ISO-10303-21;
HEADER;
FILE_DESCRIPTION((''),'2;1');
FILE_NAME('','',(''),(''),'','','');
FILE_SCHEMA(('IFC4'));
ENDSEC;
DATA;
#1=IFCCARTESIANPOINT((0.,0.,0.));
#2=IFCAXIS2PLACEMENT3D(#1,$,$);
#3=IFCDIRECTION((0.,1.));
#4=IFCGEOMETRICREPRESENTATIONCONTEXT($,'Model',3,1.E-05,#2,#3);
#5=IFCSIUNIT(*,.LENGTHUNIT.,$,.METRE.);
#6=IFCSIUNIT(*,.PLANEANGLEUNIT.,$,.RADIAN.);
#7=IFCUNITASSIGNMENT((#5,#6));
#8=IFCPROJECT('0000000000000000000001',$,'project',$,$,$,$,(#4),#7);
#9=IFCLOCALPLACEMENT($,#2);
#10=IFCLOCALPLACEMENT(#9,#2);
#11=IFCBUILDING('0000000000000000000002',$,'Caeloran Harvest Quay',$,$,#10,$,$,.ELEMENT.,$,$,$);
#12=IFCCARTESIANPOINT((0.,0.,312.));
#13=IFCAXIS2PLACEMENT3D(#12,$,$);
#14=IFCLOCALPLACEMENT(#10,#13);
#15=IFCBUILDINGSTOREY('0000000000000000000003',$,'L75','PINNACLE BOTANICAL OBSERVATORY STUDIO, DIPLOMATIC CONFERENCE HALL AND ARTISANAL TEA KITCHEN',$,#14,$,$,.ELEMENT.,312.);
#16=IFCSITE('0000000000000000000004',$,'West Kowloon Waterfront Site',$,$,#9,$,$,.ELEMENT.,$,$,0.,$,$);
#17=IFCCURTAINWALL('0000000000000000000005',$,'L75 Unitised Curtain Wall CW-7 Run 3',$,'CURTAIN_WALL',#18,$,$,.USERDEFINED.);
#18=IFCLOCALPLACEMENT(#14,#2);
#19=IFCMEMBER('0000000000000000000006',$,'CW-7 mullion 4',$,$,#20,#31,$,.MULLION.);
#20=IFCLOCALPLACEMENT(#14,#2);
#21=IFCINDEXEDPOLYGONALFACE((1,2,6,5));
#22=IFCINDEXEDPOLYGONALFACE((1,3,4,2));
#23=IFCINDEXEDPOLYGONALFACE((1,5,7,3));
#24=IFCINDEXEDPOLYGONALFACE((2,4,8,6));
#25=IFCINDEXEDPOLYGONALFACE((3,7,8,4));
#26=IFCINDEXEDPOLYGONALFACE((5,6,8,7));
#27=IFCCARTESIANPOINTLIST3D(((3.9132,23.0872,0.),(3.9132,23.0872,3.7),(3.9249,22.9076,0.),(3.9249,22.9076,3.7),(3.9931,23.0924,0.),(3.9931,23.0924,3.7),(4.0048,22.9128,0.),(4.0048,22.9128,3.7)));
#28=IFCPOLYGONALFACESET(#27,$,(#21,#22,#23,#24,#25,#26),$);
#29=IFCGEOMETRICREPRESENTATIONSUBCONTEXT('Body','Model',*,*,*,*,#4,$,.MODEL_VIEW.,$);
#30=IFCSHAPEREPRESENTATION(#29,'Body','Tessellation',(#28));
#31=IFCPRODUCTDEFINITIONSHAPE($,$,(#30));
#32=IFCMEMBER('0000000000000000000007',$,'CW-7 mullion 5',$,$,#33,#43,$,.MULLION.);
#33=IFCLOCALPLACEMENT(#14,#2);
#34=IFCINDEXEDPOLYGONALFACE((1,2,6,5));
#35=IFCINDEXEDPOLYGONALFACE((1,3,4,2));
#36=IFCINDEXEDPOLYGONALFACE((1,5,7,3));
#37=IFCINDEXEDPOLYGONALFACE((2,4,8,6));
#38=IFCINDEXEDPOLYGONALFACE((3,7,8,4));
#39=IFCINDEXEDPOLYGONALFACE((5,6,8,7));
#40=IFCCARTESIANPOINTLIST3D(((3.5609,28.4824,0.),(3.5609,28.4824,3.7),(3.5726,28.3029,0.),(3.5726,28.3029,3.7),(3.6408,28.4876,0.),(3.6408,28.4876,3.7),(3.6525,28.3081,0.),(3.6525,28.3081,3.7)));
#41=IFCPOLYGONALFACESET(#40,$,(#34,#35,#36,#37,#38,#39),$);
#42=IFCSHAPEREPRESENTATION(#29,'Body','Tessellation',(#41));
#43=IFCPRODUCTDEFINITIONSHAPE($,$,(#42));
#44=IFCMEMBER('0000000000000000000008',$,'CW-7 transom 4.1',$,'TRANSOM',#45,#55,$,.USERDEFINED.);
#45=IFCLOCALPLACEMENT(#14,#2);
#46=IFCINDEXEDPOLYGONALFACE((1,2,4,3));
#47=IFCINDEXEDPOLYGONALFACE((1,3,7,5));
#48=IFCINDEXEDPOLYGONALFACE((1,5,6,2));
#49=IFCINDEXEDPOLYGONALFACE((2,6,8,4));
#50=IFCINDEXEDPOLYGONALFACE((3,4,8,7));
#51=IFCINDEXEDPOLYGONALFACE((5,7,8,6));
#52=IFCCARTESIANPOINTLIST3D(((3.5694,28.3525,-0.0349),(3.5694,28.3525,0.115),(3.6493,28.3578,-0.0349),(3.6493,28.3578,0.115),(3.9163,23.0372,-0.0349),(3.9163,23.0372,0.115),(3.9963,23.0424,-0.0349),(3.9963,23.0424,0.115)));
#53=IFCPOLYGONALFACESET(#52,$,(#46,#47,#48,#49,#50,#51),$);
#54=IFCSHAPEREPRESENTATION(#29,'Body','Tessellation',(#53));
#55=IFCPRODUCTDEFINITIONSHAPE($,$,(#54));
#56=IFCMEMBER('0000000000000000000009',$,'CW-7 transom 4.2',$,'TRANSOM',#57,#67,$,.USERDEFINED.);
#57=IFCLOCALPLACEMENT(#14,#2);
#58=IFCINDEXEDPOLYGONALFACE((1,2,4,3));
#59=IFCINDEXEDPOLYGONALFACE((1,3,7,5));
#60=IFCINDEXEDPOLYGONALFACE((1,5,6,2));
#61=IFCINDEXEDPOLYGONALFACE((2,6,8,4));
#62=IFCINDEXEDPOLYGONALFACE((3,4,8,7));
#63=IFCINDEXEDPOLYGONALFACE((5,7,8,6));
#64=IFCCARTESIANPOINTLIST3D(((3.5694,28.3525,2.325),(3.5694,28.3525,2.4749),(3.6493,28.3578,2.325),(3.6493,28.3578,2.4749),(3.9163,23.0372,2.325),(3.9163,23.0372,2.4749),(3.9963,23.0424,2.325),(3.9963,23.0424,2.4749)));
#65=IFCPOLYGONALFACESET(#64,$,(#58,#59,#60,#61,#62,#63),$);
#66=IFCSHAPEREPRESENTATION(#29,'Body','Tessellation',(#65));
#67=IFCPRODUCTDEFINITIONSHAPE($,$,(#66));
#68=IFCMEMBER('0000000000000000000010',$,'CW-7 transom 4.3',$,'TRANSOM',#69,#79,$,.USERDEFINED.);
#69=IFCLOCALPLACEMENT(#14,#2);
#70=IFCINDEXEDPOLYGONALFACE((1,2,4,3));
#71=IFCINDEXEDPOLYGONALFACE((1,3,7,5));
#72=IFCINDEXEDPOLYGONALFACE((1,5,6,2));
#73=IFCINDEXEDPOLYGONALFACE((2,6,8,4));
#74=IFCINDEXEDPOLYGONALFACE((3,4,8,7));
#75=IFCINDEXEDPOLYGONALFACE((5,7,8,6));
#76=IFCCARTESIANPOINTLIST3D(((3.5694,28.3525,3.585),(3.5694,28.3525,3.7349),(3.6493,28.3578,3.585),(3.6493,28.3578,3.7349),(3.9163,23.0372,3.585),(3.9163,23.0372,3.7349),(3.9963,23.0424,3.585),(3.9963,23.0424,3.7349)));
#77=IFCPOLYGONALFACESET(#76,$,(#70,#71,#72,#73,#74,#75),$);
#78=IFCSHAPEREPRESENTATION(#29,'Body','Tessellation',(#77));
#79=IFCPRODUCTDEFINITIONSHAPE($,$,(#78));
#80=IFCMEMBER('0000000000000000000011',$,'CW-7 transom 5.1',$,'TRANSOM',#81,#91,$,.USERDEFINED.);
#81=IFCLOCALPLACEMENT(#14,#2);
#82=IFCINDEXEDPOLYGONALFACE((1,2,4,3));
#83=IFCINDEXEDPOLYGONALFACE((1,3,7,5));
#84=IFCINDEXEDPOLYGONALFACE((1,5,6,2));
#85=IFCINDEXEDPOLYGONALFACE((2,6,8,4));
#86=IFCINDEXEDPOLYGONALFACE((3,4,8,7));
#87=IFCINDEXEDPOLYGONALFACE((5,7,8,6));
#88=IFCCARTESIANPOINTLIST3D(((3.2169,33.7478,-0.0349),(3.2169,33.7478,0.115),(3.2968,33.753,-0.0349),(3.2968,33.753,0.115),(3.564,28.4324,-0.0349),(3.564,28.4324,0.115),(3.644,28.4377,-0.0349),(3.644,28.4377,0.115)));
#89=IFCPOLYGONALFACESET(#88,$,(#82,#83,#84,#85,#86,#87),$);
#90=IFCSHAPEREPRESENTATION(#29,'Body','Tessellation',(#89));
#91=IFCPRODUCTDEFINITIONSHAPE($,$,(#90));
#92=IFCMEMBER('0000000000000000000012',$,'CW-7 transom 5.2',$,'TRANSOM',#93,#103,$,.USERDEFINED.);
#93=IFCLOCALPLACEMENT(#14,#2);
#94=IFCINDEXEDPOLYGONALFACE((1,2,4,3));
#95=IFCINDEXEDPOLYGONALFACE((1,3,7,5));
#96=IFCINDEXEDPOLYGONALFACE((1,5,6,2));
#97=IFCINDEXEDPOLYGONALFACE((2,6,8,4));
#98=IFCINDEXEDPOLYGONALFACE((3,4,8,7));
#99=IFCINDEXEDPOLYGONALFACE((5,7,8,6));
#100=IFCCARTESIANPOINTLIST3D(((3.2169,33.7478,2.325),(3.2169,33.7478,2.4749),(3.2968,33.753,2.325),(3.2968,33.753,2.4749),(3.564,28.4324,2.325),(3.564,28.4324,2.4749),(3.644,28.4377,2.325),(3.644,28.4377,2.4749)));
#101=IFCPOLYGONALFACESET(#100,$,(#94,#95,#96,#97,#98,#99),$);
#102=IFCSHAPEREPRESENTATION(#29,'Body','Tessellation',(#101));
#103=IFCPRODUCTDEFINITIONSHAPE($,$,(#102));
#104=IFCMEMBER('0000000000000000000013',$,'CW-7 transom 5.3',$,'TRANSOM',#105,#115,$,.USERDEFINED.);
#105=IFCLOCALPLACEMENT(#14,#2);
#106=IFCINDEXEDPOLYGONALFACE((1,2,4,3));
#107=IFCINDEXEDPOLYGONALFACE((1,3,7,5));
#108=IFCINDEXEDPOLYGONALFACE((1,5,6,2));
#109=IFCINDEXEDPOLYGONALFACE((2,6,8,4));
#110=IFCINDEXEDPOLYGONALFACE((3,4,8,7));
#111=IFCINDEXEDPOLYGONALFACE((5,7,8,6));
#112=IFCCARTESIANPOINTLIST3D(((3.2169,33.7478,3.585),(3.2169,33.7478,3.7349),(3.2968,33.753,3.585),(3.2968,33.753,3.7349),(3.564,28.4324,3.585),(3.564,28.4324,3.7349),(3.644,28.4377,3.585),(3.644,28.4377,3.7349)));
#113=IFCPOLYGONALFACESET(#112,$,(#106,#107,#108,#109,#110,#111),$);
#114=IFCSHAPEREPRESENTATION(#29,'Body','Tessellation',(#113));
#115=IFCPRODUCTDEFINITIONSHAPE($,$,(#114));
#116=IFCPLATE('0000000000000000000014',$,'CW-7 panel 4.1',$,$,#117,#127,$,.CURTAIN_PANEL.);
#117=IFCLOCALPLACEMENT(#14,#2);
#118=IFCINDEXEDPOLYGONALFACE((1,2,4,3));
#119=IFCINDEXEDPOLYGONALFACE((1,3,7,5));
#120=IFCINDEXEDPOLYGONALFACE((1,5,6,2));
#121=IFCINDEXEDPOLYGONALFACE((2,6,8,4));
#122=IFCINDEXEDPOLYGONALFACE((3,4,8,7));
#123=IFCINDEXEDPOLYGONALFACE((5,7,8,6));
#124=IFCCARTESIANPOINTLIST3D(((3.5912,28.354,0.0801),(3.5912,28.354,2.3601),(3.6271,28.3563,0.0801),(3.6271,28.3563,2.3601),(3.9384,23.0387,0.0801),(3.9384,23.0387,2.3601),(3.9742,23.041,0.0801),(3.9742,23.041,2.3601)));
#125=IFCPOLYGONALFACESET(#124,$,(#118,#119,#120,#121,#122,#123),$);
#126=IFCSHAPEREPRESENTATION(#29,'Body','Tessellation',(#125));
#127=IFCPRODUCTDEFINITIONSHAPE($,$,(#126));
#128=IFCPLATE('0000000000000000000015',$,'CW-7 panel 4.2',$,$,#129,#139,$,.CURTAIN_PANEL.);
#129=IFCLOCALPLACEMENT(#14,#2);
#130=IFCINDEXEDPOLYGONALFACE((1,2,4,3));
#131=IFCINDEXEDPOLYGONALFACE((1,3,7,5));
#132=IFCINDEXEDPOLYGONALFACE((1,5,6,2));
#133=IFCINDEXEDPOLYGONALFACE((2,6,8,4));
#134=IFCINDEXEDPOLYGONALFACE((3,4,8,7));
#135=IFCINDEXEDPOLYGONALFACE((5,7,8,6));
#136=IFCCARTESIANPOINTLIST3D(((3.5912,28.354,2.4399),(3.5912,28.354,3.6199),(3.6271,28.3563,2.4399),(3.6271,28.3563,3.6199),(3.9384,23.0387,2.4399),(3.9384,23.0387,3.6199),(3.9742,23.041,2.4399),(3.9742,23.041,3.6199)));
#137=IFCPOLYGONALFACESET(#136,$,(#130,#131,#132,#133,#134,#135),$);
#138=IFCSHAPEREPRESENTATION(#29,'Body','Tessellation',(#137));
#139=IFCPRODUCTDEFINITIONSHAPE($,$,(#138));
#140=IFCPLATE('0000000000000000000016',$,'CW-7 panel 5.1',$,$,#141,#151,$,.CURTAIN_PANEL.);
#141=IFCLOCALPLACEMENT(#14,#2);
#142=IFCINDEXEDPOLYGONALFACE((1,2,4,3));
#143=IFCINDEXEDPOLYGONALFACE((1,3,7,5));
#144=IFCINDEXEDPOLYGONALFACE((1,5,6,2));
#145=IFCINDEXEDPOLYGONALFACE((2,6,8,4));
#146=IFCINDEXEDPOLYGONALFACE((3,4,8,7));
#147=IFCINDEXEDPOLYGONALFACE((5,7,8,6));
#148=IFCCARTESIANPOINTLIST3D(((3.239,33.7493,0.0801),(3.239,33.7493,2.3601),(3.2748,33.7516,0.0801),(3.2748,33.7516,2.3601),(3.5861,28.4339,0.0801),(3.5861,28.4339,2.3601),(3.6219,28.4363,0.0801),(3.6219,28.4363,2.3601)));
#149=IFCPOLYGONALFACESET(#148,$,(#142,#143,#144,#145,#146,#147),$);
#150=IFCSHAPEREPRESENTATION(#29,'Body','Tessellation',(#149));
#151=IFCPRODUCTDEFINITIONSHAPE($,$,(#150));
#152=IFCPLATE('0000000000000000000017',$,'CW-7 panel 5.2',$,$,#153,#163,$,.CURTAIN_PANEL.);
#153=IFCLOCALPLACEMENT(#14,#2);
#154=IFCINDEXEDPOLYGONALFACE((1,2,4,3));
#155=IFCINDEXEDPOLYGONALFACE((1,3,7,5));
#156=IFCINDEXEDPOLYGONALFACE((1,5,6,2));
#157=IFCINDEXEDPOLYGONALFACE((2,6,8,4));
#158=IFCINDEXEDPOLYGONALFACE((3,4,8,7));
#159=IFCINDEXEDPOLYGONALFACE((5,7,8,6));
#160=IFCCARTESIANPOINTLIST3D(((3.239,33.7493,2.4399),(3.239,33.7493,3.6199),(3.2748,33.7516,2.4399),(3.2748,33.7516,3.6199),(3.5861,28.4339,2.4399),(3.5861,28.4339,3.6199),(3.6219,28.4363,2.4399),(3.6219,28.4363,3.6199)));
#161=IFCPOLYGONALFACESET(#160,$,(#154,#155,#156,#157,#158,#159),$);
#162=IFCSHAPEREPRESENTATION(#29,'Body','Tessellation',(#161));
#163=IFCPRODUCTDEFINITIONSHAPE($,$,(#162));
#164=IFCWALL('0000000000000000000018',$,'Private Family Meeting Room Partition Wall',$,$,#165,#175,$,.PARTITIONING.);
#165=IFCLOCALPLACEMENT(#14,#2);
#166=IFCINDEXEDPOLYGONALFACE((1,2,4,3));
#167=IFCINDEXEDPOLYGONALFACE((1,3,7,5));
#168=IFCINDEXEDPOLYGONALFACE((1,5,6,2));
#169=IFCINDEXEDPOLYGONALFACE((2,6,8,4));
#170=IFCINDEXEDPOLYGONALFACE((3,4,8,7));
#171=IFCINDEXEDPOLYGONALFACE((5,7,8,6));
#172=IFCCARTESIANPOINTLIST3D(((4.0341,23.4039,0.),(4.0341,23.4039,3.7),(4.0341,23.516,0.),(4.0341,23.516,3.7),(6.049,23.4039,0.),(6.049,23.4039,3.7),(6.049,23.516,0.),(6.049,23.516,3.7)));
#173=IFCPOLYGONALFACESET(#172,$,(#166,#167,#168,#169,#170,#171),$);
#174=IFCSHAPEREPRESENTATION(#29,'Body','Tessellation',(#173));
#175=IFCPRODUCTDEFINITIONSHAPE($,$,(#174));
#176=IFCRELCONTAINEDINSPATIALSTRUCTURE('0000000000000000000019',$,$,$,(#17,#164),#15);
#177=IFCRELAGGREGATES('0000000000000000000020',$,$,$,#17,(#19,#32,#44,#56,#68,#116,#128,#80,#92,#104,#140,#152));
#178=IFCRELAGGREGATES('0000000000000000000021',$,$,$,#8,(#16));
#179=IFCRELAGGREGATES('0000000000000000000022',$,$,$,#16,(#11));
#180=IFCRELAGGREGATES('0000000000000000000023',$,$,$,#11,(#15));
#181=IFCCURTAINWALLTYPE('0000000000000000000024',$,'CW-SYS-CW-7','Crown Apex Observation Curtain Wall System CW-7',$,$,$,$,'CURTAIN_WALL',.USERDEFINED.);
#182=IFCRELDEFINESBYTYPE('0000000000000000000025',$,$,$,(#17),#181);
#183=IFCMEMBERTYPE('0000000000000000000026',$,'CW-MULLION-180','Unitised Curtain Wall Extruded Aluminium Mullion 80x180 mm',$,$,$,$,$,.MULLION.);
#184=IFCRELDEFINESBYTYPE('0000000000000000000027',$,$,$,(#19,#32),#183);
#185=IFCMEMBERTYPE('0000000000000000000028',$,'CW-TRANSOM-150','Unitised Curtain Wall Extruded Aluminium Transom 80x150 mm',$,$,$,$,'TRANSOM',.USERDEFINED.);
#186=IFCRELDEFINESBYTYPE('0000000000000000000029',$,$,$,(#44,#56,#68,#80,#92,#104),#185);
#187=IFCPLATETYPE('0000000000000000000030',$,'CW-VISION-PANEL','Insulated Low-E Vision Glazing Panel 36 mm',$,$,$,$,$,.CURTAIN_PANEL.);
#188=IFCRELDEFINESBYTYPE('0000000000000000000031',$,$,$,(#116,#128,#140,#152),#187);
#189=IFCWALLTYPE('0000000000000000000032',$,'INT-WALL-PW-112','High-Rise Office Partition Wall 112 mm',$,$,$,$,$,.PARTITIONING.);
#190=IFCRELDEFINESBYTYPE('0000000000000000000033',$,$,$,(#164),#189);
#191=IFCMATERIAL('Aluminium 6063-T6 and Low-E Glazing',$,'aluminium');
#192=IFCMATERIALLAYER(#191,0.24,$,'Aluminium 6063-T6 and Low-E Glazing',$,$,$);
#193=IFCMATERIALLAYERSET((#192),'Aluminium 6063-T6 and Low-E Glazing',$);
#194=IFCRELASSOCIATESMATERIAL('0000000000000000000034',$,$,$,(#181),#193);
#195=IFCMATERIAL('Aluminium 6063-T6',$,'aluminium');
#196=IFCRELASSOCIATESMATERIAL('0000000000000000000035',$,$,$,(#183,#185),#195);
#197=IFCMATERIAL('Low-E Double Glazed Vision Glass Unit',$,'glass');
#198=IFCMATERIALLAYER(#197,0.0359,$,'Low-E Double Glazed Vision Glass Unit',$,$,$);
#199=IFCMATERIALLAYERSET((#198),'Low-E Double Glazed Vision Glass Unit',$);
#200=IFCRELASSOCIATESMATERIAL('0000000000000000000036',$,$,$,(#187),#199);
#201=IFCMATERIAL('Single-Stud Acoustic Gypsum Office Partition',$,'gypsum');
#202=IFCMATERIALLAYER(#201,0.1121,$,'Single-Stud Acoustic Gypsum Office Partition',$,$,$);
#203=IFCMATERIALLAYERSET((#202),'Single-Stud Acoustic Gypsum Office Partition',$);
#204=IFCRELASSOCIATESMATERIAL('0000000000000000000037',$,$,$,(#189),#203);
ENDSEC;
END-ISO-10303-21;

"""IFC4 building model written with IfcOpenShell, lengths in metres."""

from ifc_helpers import new_model, si_unit, direction, frame, frame_2d, origin, origin_2d, place, context, subcontext, project, spatial, rectangle, extrude, material, layer, layer_set, material_profile, profile_set, type_object, element, aggregate, save


model = new_model("IFC4")

# Units and contexts
model_context = context("Model", 3, precision=1e-05, world=origin(), true_north=direction((0.0, 1.0)))
body_context = subcontext(model_context, "Body", "Model", "MODEL_VIEW")
ifc_project = project(units=[si_unit("LENGTHUNIT", "METRE"), si_unit("PLANEANGLEUNIT", "RADIAN")], contexts=[model_context])

# Site, building, storey
site_placement = place(None, origin())
site = spatial("IfcSite", under=ifc_project, at=site_placement, Name="West Kowloon Waterfront Site", CompositionType="ELEMENT", RefElevation=0.0)
building_placement = place(site_placement, origin())
building = spatial("IfcBuilding", under=site, at=building_placement, Name="Caeloran Harvest Quay", CompositionType="ELEMENT")
storey_placement = place(building_placement, frame((0.0, 0.0, 312.0)))
storey = spatial("IfcBuildingStorey", under=building, at=storey_placement, Name="L75", Description="PINNACLE BOTANICAL OBSERVATORY STUDIO, DIPLOMATIC CONFERENCE HALL AND ARTISANAL TEA KITCHEN", CompositionType="ELEMENT", Elevation=312.0)

# Curtain wall, members, plates
ifc_material_1 = material(Name="Aluminium 6063-T6 and Low-E Glazing", Category="aluminium")
ifc_layer_1 = layer(ifc_material_1, 0.24, Name="Aluminium 6063-T6 and Low-E Glazing")
ifc_layer_set_1 = layer_set([ifc_layer_1], Name="Aluminium 6063-T6 and Low-E Glazing")
curtain_wall_type = type_object("IfcCurtainWallType", Name="CW-SYS-CW-7", Description="Crown Apex Observation Curtain Wall System CW-7", ElementType="CURTAIN_WALL", PredefinedType="USERDEFINED", material=ifc_layer_set_1)
curtain_wall_placement = place(storey_placement, origin())
curtain_wall = element("IfcCurtainWall", 1, at=curtain_wall_placement, inside=storey, type_object=curtain_wall_type, Name="L75 Unitised Curtain Wall CW-7 Run 3", ObjectType="CURTAIN_WALL", PredefinedType="USERDEFINED")
ifc_material_2 = material(Name="Aluminium 6063-T6", Category="aluminium")
ifc_material_profile_1 = material_profile(ifc_material_2, rectangle(XDim=0.0801, YDim=0.1799, at=origin_2d()), Name="CW-MULLION-180")
ifc_profile_set_1 = profile_set([ifc_material_profile_1], Name="Aluminium 6063-T6")
member_type_1 = type_object("IfcMemberType", Name="CW-MULLION-180", Description="Unitised Curtain Wall Extruded Aluminium Mullion 80x180 mm", PredefinedType="MULLION", material=ifc_profile_set_1)
member_1_placement = place(storey_placement, frame((3.959, 23.0, 0.0), z_axis=(0.0, 0.0, 1.0), x_axis=(-0.997874, -0.065167, 0.0)))
member_1 = element("IfcMember", 2, at=member_1_placement, type_object=member_type_1, Name="CW-7 mullion 4", PredefinedType="MULLION", context=body_context, shape_type="SweptSolid", body=[
    extrude(rectangle(XDim=0.0801, YDim=0.1799, at=origin_2d()), origin(), (0.0, 0.0, 1.0), 3.7),
])
member_2_placement = place(storey_placement, frame((3.6067, 28.3953, 0.0), z_axis=(0.0, 0.0, 1.0), x_axis=(-0.997874, -0.065167, 0.0)))
member_2 = element("IfcMember", 3, at=member_2_placement, type_object=member_type_1, Name="CW-7 mullion 5", PredefinedType="MULLION", context=body_context, shape_type="SweptSolid", body=[
    extrude(rectangle(XDim=0.0801, YDim=0.1799, at=origin_2d()), origin(), (0.0, 0.0, 1.0), 3.7),
])
ifc_material_profile_2 = material_profile(ifc_material_2, rectangle(XDim=0.0801, YDim=0.1499, at=origin_2d()), Name="CW-TRANSOM-150")
ifc_profile_set_2 = profile_set([ifc_material_profile_2], Name="Aluminium 6063-T6")
member_type_2 = type_object("IfcMemberType", Name="CW-TRANSOM-150", Description="Unitised Curtain Wall Extruded Aluminium Transom 80x150 mm", ElementType="TRANSOM", PredefinedType="USERDEFINED", material=ifc_profile_set_2)
member_3_placement = place(storey_placement, frame((3.9563, 23.0398, 0.04), z_axis=(-0.065129, 0.997877, 0.0), x_axis=(-0.997877, -0.065129, 0.0)))
member_3 = element("IfcMember", 4, at=member_3_placement, type_object=member_type_2, Name="CW-7 transom 4.1", ObjectType="TRANSOM", PredefinedType="USERDEFINED", context=body_context, shape_type="SweptSolid", body=[
    extrude(rectangle(XDim=0.0801, YDim=0.1499, at=origin_2d()), origin(), (0.0, 0.0, 1.0), 5.3267),
])
member_4_placement = place(storey_placement, frame((3.9563, 23.0398, 2.3999), z_axis=(-0.065129, 0.997877, 0.0), x_axis=(-0.997877, -0.065129, 0.0)))
member_4 = element("IfcMember", 5, at=member_4_placement, type_object=member_type_2, Name="CW-7 transom 4.2", ObjectType="TRANSOM", PredefinedType="USERDEFINED", context=body_context, shape_type="SweptSolid", body=[
    extrude(rectangle(XDim=0.0801, YDim=0.1499, at=origin_2d()), origin(), (0.0, 0.0, 1.0), 5.3267),
])
member_5_placement = place(storey_placement, frame((3.9563, 23.0398, 3.6599), z_axis=(-0.065129, 0.997877, 0.0), x_axis=(-0.997877, -0.065129, 0.0)))
member_5 = element("IfcMember", 6, at=member_5_placement, type_object=member_type_2, Name="CW-7 transom 4.3", ObjectType="TRANSOM", PredefinedType="USERDEFINED", context=body_context, shape_type="SweptSolid", body=[
    extrude(rectangle(XDim=0.0801, YDim=0.1499, at=origin_2d()), origin(), (0.0, 0.0, 1.0), 5.3267),
])
member_6_placement = place(storey_placement, frame((3.604, 28.4351, 0.04), z_axis=(-0.065174, 0.997874, 0.0), x_axis=(-0.997874, -0.065174, 0.0)))
member_6 = element("IfcMember", 7, at=member_6_placement, type_object=member_type_2, Name="CW-7 transom 5.1", ObjectType="TRANSOM", PredefinedType="USERDEFINED", context=body_context, shape_type="SweptSolid", body=[
    extrude(rectangle(XDim=0.0801, YDim=0.1499, at=origin_2d()), origin(), (0.0, 0.0, 1.0), 5.3267),
])
member_7_placement = place(storey_placement, frame((3.604, 28.4351, 2.3999), z_axis=(-0.065174, 0.997874, 0.0), x_axis=(-0.997874, -0.065174, 0.0)))
member_7 = element("IfcMember", 8, at=member_7_placement, type_object=member_type_2, Name="CW-7 transom 5.2", ObjectType="TRANSOM", PredefinedType="USERDEFINED", context=body_context, shape_type="SweptSolid", body=[
    extrude(rectangle(XDim=0.0801, YDim=0.1499, at=origin_2d()), origin(), (0.0, 0.0, 1.0), 5.3267),
])
member_8_placement = place(storey_placement, frame((3.604, 28.4351, 3.6599), z_axis=(-0.065174, 0.997874, 0.0), x_axis=(-0.997874, -0.065174, 0.0)))
member_8 = element("IfcMember", 9, at=member_8_placement, type_object=member_type_2, Name="CW-7 transom 5.3", ObjectType="TRANSOM", PredefinedType="USERDEFINED", context=body_context, shape_type="SweptSolid", body=[
    extrude(rectangle(XDim=0.0801, YDim=0.1499, at=origin_2d()), origin(), (0.0, 0.0, 1.0), 5.3267),
])
ifc_material_3 = material(Name="Low-E Double Glazed Vision Glass Unit", Category="glass")
ifc_layer_2 = layer(ifc_material_3, 0.0359, Name="Low-E Double Glazed Vision Glass Unit")
ifc_layer_set_2 = layer_set([ifc_layer_2], Name="Low-E Double Glazed Vision Glass Unit")
plate_type = type_object("IfcPlateType", Name="CW-VISION-PANEL", Description="Insulated Low-E Vision Glazing Panel 36 mm", PredefinedType="CURTAIN_PANEL", material=ifc_layer_set_2)
plate_1_placement = place(storey_placement, frame((3.7827, 25.6975, 0.0801), z_axis=(0.0, 0.0, 1.0), x_axis=(-0.065167, 0.997874, 0.0)))
plate_1 = element("IfcPlate", 10, at=plate_1_placement, type_object=plate_type, Name="CW-7 panel 4.1", PredefinedType="CURTAIN_PANEL", context=body_context, shape_type="SweptSolid", body=[
    extrude(rectangle(XDim=5.3267, YDim=0.0359, at=origin_2d()), origin(), (0.0, 0.0, 1.0), 2.28),
])
plate_2_placement = place(storey_placement, frame((3.7827, 25.6975, 2.4399), z_axis=(0.0, 0.0, 1.0), x_axis=(-0.065167, 0.997874, 0.0)))
plate_2 = element("IfcPlate", 11, at=plate_2_placement, type_object=plate_type, Name="CW-7 panel 4.2", PredefinedType="CURTAIN_PANEL", context=body_context, shape_type="SweptSolid", body=[
    extrude(rectangle(XDim=5.3267, YDim=0.0359, at=origin_2d()), origin(), (0.0, 0.0, 1.0), 1.1799),
])
plate_3_placement = place(storey_placement, frame((3.4304, 31.0928, 0.0801), z_axis=(0.0, 0.0, 1.0), x_axis=(-0.065167, 0.997874, 0.0)))
plate_3 = element("IfcPlate", 12, at=plate_3_placement, type_object=plate_type, Name="CW-7 panel 5.1", PredefinedType="CURTAIN_PANEL", context=body_context, shape_type="SweptSolid", body=[
    extrude(rectangle(XDim=5.3267, YDim=0.0359, at=origin_2d()), origin(), (0.0, 0.0, 1.0), 2.28),
])
plate_4_placement = place(storey_placement, frame((3.4304, 31.0928, 2.4399), z_axis=(0.0, 0.0, 1.0), x_axis=(-0.065167, 0.997874, 0.0)))
plate_4 = element("IfcPlate", 13, at=plate_4_placement, type_object=plate_type, Name="CW-7 panel 5.2", PredefinedType="CURTAIN_PANEL", context=body_context, shape_type="SweptSolid", body=[
    extrude(rectangle(XDim=5.3267, YDim=0.0359, at=origin_2d()), origin(), (0.0, 0.0, 1.0), 1.1799),
])
aggregate(curtain_wall, [member_1, member_2, member_3, member_4, member_5, plate_1, plate_2, member_6, member_7, member_8, plate_3, plate_4])

# Wall
ifc_material_4 = material(Name="Single-Stud Acoustic Gypsum Office Partition", Category="gypsum")
ifc_layer_3 = layer(ifc_material_4, 0.1121, Name="Single-Stud Acoustic Gypsum Office Partition")
ifc_layer_set_3 = layer_set([ifc_layer_3], Name="Single-Stud Acoustic Gypsum Office Partition")
wall_type_1 = type_object("IfcWallType", Name="INT-WALL-PW-112", Description="High-Rise Office Partition Wall 112 mm", PredefinedType="PARTITIONING", material=ifc_layer_set_3)
wall_1_placement = place(storey_placement, frame((4.0342, 23.46, 0.0), z_axis=(0.0, 0.0, 1.0), x_axis=(1.0, 0.0, 0.0)))
element("IfcWall", 14, at=wall_1_placement, inside=storey, type_object=wall_type_1, Name="Private Family Meeting Room Partition Wall", PredefinedType="PARTITIONING", context=body_context, shape_type="SweptSolid", body=[
    extrude(rectangle(XDim=2.0149, YDim=0.1121, at=frame_2d((1.0073, 0.0))), origin(), (0.0, 0.0, 1.0), 3.7),
])

save(model, "model.ifc")
